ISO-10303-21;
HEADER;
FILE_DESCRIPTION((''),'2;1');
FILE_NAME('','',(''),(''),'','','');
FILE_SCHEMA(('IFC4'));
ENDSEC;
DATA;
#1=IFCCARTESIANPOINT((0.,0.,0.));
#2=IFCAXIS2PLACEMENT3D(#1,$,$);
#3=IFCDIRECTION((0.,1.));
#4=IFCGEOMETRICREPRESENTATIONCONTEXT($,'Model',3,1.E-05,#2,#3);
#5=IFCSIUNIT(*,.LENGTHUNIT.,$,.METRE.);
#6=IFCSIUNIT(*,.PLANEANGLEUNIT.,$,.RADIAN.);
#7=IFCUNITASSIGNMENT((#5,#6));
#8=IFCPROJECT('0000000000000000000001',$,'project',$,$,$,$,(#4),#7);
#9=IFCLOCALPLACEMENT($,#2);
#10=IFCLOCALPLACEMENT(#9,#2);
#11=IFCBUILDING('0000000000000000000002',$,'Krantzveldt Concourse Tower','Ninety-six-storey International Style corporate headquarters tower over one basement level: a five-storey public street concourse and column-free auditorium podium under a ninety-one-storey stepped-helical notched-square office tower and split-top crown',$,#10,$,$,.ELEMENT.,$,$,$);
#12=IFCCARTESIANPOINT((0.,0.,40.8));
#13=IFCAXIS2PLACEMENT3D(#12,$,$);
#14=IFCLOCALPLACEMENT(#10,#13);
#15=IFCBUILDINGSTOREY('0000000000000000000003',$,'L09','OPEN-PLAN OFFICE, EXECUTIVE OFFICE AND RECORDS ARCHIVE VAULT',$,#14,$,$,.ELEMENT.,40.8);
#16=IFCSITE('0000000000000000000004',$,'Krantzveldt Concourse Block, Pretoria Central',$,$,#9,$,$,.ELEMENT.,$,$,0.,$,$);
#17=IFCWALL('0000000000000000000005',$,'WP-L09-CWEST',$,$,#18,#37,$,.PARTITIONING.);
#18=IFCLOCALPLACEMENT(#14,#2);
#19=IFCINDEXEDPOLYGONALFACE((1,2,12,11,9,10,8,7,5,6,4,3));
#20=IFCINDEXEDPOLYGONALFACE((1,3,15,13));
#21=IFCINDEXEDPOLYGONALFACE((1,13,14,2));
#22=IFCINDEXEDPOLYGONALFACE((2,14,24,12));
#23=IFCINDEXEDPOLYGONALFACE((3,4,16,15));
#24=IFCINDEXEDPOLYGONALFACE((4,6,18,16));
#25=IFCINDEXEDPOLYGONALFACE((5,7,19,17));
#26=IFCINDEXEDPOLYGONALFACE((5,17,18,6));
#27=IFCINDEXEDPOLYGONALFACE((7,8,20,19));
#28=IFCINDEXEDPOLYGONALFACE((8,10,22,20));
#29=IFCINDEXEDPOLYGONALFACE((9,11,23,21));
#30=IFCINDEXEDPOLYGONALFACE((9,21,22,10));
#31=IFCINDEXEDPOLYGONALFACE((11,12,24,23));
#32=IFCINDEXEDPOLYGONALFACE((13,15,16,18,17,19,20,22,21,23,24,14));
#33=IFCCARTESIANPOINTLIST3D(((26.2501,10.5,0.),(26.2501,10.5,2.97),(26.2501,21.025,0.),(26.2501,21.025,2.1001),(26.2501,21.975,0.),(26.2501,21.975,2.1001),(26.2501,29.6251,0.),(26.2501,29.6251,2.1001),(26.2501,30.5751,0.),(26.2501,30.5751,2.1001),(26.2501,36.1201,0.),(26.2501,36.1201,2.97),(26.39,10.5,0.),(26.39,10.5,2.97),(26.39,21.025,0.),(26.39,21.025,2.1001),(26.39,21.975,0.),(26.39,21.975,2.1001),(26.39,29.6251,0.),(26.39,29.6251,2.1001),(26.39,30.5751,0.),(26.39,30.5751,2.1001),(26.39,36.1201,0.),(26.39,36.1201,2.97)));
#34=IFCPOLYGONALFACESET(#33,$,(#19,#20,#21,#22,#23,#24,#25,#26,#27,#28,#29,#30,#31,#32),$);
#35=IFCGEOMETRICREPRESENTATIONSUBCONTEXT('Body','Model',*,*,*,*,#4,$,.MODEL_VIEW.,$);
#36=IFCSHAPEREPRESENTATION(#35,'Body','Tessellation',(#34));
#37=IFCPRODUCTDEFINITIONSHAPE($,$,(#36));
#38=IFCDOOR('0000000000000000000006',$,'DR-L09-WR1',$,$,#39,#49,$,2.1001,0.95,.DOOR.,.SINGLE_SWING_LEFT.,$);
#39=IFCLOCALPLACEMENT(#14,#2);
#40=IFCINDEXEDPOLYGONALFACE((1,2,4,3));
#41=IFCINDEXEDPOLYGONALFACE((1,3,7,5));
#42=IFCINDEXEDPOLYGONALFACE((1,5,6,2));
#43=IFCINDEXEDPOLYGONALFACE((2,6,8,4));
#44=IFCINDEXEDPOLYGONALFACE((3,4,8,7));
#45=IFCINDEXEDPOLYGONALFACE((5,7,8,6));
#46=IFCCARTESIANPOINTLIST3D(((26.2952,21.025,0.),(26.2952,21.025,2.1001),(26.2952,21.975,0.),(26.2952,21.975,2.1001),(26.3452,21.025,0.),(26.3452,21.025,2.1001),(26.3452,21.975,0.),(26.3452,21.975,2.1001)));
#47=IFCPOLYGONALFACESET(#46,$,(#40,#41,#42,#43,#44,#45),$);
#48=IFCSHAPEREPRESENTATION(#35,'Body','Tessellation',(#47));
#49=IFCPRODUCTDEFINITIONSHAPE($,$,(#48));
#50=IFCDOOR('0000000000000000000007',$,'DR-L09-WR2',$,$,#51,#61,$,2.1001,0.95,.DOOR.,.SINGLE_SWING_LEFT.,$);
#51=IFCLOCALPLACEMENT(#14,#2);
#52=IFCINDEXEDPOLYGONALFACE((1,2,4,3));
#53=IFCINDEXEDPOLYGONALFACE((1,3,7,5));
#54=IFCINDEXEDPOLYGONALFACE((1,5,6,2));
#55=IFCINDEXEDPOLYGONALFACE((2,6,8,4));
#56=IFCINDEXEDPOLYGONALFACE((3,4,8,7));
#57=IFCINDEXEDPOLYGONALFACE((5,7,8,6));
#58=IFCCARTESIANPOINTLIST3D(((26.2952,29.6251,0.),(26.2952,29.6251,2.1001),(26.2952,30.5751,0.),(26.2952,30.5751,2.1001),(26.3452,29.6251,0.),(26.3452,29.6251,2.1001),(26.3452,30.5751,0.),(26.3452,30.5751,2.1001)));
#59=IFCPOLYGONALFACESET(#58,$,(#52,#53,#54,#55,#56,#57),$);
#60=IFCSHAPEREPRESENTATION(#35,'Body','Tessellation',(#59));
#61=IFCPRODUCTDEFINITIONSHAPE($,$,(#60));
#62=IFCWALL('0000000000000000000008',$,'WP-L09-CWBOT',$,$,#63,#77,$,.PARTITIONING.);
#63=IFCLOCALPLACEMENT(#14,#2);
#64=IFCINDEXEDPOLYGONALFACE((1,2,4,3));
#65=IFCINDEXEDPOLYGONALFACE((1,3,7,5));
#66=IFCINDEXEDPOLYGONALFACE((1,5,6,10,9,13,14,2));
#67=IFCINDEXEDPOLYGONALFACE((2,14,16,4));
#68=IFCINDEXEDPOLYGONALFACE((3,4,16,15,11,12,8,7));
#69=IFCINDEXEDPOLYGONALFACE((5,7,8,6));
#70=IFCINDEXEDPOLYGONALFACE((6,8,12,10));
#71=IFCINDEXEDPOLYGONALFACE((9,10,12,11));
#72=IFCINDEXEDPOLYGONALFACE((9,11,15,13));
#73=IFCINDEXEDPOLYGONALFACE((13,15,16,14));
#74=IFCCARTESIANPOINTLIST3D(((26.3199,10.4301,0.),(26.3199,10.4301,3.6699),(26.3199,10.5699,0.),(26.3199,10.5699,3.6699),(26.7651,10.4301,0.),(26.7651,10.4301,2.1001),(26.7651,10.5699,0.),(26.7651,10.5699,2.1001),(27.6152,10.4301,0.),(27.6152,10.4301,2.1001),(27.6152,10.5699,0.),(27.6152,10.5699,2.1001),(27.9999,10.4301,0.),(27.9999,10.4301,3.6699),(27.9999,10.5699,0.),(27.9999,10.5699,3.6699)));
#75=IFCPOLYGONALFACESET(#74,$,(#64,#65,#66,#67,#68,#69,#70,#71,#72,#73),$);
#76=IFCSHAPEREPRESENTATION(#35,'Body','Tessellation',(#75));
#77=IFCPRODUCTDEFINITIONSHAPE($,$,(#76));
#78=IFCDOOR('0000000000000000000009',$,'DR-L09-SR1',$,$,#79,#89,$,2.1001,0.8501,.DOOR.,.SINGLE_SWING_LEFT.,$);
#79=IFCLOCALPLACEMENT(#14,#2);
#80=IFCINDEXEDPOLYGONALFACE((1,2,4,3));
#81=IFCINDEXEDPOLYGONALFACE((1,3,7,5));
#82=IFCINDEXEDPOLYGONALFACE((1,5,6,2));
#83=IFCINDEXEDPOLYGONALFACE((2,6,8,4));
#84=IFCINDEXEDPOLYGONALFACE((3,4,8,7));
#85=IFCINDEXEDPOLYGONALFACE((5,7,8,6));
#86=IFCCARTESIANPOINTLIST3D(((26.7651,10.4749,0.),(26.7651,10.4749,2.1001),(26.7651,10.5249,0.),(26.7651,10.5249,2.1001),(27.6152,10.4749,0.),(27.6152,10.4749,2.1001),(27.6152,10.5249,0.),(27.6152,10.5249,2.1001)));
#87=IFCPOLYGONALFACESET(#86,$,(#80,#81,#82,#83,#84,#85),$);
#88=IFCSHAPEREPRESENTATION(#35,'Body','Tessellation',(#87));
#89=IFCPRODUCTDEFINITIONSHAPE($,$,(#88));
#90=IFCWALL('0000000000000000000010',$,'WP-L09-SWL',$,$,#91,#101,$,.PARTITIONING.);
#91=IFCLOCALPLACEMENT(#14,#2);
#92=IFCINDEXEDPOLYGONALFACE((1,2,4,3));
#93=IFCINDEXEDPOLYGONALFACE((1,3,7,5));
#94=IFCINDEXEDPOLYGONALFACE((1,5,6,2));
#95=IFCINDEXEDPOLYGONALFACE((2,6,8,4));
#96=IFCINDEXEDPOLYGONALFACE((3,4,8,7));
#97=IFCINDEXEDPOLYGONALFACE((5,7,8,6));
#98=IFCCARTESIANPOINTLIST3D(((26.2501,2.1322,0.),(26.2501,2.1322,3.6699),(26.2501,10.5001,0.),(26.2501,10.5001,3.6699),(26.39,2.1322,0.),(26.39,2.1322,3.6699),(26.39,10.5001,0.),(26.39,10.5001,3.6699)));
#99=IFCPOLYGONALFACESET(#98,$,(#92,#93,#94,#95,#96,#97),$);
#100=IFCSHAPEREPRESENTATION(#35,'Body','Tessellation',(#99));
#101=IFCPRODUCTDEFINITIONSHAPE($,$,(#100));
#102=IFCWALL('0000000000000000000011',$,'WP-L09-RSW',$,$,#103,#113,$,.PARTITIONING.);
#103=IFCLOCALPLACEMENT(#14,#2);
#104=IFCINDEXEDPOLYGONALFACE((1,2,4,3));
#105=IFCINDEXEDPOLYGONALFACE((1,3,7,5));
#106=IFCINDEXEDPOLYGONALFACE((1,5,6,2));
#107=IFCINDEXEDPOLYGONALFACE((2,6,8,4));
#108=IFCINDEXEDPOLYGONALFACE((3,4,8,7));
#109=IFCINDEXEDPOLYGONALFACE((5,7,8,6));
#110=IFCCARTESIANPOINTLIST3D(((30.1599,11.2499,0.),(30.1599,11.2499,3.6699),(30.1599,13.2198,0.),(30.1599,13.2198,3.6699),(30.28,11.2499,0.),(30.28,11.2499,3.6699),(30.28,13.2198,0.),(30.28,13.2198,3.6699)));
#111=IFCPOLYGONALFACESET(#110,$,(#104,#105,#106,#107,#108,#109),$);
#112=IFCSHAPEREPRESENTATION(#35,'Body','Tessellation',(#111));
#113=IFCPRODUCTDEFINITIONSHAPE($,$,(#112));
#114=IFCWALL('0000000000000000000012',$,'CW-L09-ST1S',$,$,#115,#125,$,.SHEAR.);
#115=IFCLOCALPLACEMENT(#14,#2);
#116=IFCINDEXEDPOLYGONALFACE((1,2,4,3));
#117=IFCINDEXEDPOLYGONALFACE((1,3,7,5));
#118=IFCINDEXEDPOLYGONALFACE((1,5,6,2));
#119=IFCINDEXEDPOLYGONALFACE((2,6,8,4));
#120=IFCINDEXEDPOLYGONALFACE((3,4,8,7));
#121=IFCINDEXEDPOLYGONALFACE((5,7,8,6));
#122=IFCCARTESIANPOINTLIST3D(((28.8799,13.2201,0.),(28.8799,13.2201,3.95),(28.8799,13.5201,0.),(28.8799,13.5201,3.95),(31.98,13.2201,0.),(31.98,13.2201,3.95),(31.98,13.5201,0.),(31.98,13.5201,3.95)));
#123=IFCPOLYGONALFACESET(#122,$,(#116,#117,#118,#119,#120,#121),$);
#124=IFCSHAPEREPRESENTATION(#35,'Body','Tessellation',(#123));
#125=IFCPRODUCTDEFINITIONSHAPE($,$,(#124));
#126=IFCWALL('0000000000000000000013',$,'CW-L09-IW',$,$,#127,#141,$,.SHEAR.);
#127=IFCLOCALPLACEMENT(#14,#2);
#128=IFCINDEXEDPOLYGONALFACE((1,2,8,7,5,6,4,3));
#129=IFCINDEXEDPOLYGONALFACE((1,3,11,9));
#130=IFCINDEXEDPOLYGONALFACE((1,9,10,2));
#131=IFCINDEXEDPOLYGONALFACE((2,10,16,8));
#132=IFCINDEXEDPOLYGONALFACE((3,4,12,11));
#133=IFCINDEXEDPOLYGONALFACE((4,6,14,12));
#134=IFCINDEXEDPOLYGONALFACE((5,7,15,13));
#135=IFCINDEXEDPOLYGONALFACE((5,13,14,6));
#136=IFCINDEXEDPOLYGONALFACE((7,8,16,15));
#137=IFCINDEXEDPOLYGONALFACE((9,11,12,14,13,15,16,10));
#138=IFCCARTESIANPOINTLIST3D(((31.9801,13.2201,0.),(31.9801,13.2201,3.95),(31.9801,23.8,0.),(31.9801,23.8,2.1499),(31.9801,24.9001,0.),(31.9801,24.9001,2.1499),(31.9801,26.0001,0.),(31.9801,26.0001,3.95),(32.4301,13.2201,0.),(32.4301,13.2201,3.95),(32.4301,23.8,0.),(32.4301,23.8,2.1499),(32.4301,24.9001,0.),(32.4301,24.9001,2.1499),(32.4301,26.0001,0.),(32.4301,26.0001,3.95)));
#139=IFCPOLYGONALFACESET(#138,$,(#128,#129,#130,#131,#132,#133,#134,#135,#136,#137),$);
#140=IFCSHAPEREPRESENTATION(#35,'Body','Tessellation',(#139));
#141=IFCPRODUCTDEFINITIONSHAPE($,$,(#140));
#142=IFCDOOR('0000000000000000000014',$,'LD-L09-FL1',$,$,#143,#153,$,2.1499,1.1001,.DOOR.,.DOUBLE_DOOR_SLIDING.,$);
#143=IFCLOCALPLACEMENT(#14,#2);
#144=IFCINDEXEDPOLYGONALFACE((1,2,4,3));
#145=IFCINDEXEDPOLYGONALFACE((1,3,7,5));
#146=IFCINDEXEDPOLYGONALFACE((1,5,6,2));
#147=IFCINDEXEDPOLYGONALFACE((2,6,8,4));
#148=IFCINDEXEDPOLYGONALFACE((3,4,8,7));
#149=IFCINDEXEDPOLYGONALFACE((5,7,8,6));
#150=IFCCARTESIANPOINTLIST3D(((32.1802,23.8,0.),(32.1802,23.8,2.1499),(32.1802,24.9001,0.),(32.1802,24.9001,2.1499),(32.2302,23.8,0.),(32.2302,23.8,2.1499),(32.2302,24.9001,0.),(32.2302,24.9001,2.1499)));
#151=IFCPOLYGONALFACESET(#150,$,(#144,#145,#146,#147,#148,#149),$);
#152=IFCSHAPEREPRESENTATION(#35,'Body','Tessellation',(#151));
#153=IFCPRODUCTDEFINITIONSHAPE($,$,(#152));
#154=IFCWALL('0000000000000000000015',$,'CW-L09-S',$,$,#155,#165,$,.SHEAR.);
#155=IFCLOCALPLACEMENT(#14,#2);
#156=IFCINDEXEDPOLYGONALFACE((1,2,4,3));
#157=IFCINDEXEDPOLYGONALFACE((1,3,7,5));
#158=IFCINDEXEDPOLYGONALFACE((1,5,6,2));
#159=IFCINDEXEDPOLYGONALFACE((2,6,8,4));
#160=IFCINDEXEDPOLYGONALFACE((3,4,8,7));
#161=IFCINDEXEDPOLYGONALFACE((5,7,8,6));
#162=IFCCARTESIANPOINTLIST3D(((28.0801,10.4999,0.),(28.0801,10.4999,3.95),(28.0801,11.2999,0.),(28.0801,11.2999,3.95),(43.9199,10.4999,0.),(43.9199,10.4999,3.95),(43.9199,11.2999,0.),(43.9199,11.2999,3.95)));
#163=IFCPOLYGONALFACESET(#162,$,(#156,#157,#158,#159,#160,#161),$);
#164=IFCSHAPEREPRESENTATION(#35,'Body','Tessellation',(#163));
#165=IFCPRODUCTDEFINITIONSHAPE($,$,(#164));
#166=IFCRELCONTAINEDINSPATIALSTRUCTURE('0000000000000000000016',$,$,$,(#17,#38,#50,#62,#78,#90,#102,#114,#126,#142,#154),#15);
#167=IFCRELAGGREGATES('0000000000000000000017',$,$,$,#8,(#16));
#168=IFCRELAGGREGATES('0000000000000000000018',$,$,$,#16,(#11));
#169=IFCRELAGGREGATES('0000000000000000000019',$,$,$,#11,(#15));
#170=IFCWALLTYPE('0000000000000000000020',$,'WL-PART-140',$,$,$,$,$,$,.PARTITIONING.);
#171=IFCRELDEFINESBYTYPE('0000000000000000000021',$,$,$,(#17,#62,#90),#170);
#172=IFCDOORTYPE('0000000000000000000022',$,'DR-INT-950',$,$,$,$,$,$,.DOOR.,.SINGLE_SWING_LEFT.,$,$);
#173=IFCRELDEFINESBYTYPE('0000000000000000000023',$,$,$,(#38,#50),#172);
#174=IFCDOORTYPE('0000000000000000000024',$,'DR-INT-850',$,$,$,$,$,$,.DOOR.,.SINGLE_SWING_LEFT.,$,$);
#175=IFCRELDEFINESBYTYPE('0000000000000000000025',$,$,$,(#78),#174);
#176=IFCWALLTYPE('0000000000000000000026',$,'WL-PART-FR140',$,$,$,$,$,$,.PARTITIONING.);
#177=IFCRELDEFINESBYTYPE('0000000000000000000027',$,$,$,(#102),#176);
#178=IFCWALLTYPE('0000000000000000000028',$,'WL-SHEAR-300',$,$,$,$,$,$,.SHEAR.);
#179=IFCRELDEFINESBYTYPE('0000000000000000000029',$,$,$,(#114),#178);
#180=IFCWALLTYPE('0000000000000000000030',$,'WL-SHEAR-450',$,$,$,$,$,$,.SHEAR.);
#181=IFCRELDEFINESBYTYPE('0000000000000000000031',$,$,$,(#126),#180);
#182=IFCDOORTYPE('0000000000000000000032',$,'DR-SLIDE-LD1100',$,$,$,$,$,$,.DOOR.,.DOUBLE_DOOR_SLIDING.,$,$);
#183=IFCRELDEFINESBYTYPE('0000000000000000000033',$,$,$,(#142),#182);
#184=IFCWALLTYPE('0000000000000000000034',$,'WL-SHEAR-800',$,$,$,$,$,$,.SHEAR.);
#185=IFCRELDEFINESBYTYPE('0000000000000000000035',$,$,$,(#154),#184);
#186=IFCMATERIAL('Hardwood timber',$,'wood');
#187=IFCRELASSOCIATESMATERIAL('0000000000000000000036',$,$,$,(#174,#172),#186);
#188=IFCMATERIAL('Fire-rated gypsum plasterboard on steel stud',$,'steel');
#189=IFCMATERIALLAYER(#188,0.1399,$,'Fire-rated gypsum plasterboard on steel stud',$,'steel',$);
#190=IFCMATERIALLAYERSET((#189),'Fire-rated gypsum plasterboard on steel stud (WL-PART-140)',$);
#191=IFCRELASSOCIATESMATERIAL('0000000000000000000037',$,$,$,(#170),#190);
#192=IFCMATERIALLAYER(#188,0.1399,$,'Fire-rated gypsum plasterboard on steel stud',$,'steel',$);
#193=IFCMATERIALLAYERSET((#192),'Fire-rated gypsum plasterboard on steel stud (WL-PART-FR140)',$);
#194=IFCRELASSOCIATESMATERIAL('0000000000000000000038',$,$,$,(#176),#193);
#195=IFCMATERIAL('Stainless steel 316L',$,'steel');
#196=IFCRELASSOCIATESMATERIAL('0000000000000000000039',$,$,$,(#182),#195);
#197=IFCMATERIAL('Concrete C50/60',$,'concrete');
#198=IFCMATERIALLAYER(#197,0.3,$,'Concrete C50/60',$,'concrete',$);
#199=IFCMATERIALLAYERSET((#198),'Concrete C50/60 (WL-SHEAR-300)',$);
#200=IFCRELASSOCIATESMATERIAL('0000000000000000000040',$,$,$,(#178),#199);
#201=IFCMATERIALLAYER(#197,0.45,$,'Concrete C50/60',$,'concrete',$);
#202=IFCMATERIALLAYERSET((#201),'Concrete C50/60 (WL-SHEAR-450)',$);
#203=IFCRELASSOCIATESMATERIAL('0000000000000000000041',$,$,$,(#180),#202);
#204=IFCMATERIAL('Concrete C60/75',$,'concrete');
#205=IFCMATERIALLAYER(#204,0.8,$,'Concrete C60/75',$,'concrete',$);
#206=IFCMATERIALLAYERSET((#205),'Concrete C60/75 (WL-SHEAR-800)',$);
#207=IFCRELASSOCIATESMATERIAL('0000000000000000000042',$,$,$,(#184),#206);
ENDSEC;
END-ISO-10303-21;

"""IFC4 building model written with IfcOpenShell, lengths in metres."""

from ifc_helpers import new_model, si_unit, direction, frame, frame_2d, origin, place, context, subcontext, project, spatial, rectangle, extrude, material, layer, layer_set, type_object, element, fill, save


model = new_model("IFC4")

# Units and contexts
model_context = context("Model", 3, precision=1e-05, world=origin(), true_north=direction((0.0, 1.0)))
body_context = subcontext(model_context, "Body", "Model", "MODEL_VIEW")
ifc_project = project(units=[si_unit("LENGTHUNIT", "METRE"), si_unit("PLANEANGLEUNIT", "RADIAN")], contexts=[model_context])

# Site, building, storey
site_placement = place(None, origin())
site = spatial("IfcSite", under=ifc_project, at=site_placement, Name="Krantzveldt Concourse Block, Pretoria Central", CompositionType="ELEMENT", RefElevation=0.0)
building_placement = place(site_placement, origin())
building = spatial("IfcBuilding", under=site, at=building_placement, Name="Krantzveldt Concourse Tower", Description="Ninety-six-storey International Style corporate headquarters tower over one basement level: a five-storey public street concourse and column-free auditorium podium under a ninety-one-storey stepped-helical notched-square office tower and split-top crown", CompositionType="ELEMENT")
storey_placement = place(building_placement, frame((0.0, 0.0, 40.8)))
storey = spatial("IfcBuildingStorey", under=building, at=storey_placement, Name="L09", Description="OPEN-PLAN OFFICE, EXECUTIVE OFFICE AND RECORDS ARCHIVE VAULT", CompositionType="ELEMENT", Elevation=40.8)

# Shared definitions
ifc_material_1 = material(Name="Fire-rated gypsum plasterboard on steel stud", Category="steel")
ifc_material_2 = material(Name="Hardwood timber", Category="wood")
door_type_1 = type_object("IfcDoorType", Name="DR-INT-850", OperationType="SINGLE_SWING_LEFT", PredefinedType="DOOR", material=ifc_material_2)

# Wall, openings, doors
ifc_layer_1 = layer(ifc_material_1, 0.1399, Name="Fire-rated gypsum plasterboard on steel stud", Category="steel")
ifc_layer_set_1 = layer_set([ifc_layer_1], Name="Fire-rated gypsum plasterboard on steel stud (WL-PART-140)")
wall_type_1 = type_object("IfcWallType", Name="WL-PART-140", PredefinedType="PARTITIONING", material=ifc_layer_set_1)
wall_1_placement = place(storey_placement, frame((26.3201, 10.5, 0.0), z_axis=(0.0, 0.0, 1.0), x_axis=(0.0, 1.0, 0.0)))
wall_1 = element("IfcWall", 1, at=wall_1_placement, inside=storey, type_object=wall_type_1, Name="WP-L09-CWEST", PredefinedType="PARTITIONING", context=body_context, shape_type="SweptSolid", body=[
    extrude(rectangle(XDim=25.6201, YDim=0.1399, at=frame_2d((12.8101, 0.0))), origin(), (0.0, 0.0, 1.0), 2.97),
])
opening_1_placement = place(wall_1_placement, frame((10.5249, 0.0, 0.0)))
opening_1 = element("IfcOpeningElement", 2, at=opening_1_placement, cuts=wall_1, PredefinedType="OPENING", context=body_context, shape_type="SweptSolid", body=[
    extrude(rectangle(XDim=0.95, YDim=2.1001, at=frame_2d((0.4751, 1.05))), frame((0.0, 0.0801, 0.0), z_axis=(0.0, -1.0, 0.0), x_axis=(1.0, 0.0, 0.0)), (0.0, 0.0, 1.0), 0.1599),
])
opening_2_placement = place(wall_1_placement, frame((19.125, 0.0, 0.0)))
opening_2 = element("IfcOpeningElement", 3, at=opening_2_placement, cuts=wall_1, PredefinedType="OPENING", context=body_context, shape_type="SweptSolid", body=[
    extrude(rectangle(XDim=0.95, YDim=2.1001, at=frame_2d((0.4751, 1.05))), frame((0.0, 0.0801, 0.0), z_axis=(0.0, -1.0, 0.0), x_axis=(1.0, 0.0, 0.0)), (0.0, 0.0, 1.0), 0.1599),
])
door_type_2 = type_object("IfcDoorType", Name="DR-INT-950", OperationType="SINGLE_SWING_LEFT", PredefinedType="DOOR", material=ifc_material_2)
door_1_placement = place(opening_1_placement, origin())
door_1 = element("IfcDoor", 4, at=door_1_placement, inside=storey, type_object=door_type_2, Name="DR-L09-WR1", OperationType="SINGLE_SWING_LEFT", OverallHeight=2.1001, OverallWidth=0.95, PredefinedType="DOOR", context=body_context, shape_type="SweptSolid", body=[
    extrude(rectangle(XDim=0.95, YDim=2.1001, at=frame_2d((0.4751, 1.05))), frame((0.0, 0.0249, 0.0), z_axis=(0.0, -1.0, 0.0), x_axis=(1.0, 0.0, 0.0)), (0.0, 0.0, 1.0), 0.05),
])
fill(opening_1, door_1)
door_2_placement = place(opening_2_placement, origin())
door_2 = element("IfcDoor", 5, at=door_2_placement, inside=storey, type_object=door_type_2, Name="DR-L09-WR2", OperationType="SINGLE_SWING_LEFT", OverallHeight=2.1001, OverallWidth=0.95, PredefinedType="DOOR", context=body_context, shape_type="SweptSolid", body=[
    extrude(rectangle(XDim=0.95, YDim=2.1001, at=frame_2d((0.4751, 1.05))), frame((0.0, 0.0249, 0.0), z_axis=(0.0, -1.0, 0.0), x_axis=(1.0, 0.0, 0.0)), (0.0, 0.0, 1.0), 0.05),
])
fill(opening_2, door_2)

# Wall, opening, door
wall_2_placement = place(storey_placement, frame((26.3201, 10.5, 0.0), z_axis=(0.0, 0.0, 1.0), x_axis=(1.0, 0.0, 0.0)))
wall_2 = element("IfcWall", 6, at=wall_2_placement, inside=storey, type_object=wall_type_1, Name="WP-L09-CWBOT", PredefinedType="PARTITIONING", context=body_context, shape_type="SweptSolid", body=[
    extrude(rectangle(XDim=1.6799, YDim=0.1399, at=frame_2d((0.8398, 0.0))), origin(), (0.0, 0.0, 1.0), 3.6699),
])
opening_3_placement = place(wall_2_placement, frame((0.4451, 0.0, 0.0)))
opening_3 = element("IfcOpeningElement", 7, at=opening_3_placement, cuts=wall_2, PredefinedType="OPENING", context=body_context, shape_type="SweptSolid", body=[
    extrude(rectangle(XDim=0.8501, YDim=2.1001, at=frame_2d((0.425, 1.05))), frame((0.0, 0.0801, 0.0), z_axis=(0.0, -1.0, 0.0), x_axis=(1.0, 0.0, 0.0)), (0.0, 0.0, 1.0), 0.1599),
])
door_3_placement = place(opening_3_placement, origin())
door_3 = element("IfcDoor", 8, at=door_3_placement, inside=storey, type_object=door_type_1, Name="DR-L09-SR1", OperationType="SINGLE_SWING_LEFT", OverallHeight=2.1001, OverallWidth=0.8501, PredefinedType="DOOR", context=body_context, shape_type="SweptSolid", body=[
    extrude(rectangle(XDim=0.8501, YDim=2.1001, at=frame_2d((0.425, 1.05))), frame((0.0, 0.0249, 0.0), z_axis=(0.0, -1.0, 0.0), x_axis=(1.0, 0.0, 0.0)), (0.0, 0.0, 1.0), 0.05),
])
fill(opening_3, door_3)

# Wall
wall_3_placement = place(storey_placement, frame((26.3201, 2.1321, 0.0), z_axis=(0.0, 0.0, 1.0), x_axis=(0.0, 1.0, 0.0)))
element("IfcWall", 9, at=wall_3_placement, inside=storey, type_object=wall_type_1, Name="WP-L09-SWL", PredefinedType="PARTITIONING", context=body_context, shape_type="SweptSolid", body=[
    extrude(rectangle(XDim=8.3679, YDim=0.1399, at=frame_2d((4.1841, 0.0))), origin(), (0.0, 0.0, 1.0), 3.6699),
])

# Shared definitions
ifc_layer_2 = layer(ifc_material_1, 0.1399, Name="Fire-rated gypsum plasterboard on steel stud", Category="steel")
ifc_layer_set_2 = layer_set([ifc_layer_2], Name="Fire-rated gypsum plasterboard on steel stud (WL-PART-FR140)")
wall_type_2 = type_object("IfcWallType", Name="WL-PART-FR140", PredefinedType="PARTITIONING", material=ifc_layer_set_2)
ifc_material_3 = material(Name="Stainless steel 316L", Category="steel")
door_type_3 = type_object("IfcDoorType", Name="DR-SLIDE-LD1100", OperationType="DOUBLE_DOOR_SLIDING", PredefinedType="DOOR", material=ifc_material_3)

# Walls
wall_4_placement = place(storey_placement, frame((30.22, 11.25, 0.0), z_axis=(0.0, 0.0, 1.0), x_axis=(0.0, 1.0, 0.0)))
element("IfcWall", 10, at=wall_4_placement, inside=storey, type_object=wall_type_2, Name="WP-L09-RSW", PredefinedType="PARTITIONING", context=body_context, shape_type="SweptSolid", body=[
    extrude(rectangle(XDim=1.97, YDim=0.1201, at=frame_2d((0.9849, 0.0))), origin(), (0.0, 0.0, 1.0), 3.6699),
])
ifc_material_4 = material(Name="Concrete C50/60", Category="concrete")
ifc_layer_3 = layer(ifc_material_4, 0.3, Name="Concrete C50/60", Category="concrete")
ifc_layer_set_3 = layer_set([ifc_layer_3], Name="Concrete C50/60 (WL-SHEAR-300)")
wall_type_3 = type_object("IfcWallType", Name="WL-SHEAR-300", PredefinedType="SHEAR", material=ifc_layer_set_3)
wall_5_placement = place(storey_placement, frame((28.8799, 13.3701, 0.0), z_axis=(0.0, 0.0, 1.0), x_axis=(1.0, 0.0, 0.0)))
element("IfcWall", 11, at=wall_5_placement, inside=storey, type_object=wall_type_3, Name="CW-L09-ST1S", PredefinedType="SHEAR", context=body_context, shape_type="SweptSolid", body=[
    extrude(rectangle(XDim=3.1001, YDim=0.3, at=frame_2d((1.55, 0.0))), origin(), (0.0, 0.0, 1.0), 3.95),
])

# Wall, opening, door
ifc_layer_4 = layer(ifc_material_4, 0.45, Name="Concrete C50/60", Category="concrete")
ifc_layer_set_4 = layer_set([ifc_layer_4], Name="Concrete C50/60 (WL-SHEAR-450)")
wall_type_4 = type_object("IfcWallType", Name="WL-SHEAR-450", PredefinedType="SHEAR", material=ifc_layer_set_4)
wall_6_placement = place(storey_placement, frame((32.2051, 13.22, 0.0), z_axis=(0.0, 0.0, 1.0), x_axis=(0.0, 1.0, 0.0)))
wall_6 = element("IfcWall", 12, at=wall_6_placement, inside=storey, type_object=wall_type_4, Name="CW-L09-IW", PredefinedType="SHEAR", context=body_context, shape_type="SweptSolid", body=[
    extrude(rectangle(XDim=12.78, YDim=0.45, at=frame_2d((6.3901, 0.0))), origin(), (0.0, 0.0, 1.0), 3.95),
])
opening_4_placement = place(wall_6_placement, frame((10.5801, 0.0, 0.0)))
opening_4 = element("IfcOpeningElement", 13, at=opening_4_placement, cuts=wall_6, PredefinedType="OPENING", context=body_context, shape_type="SweptSolid", body=[
    extrude(rectangle(XDim=1.1001, YDim=2.1499, at=frame_2d((0.55, 1.075))), frame((0.0, 0.2349, 0.0), z_axis=(0.0, -1.0, 0.0), x_axis=(1.0, 0.0, 0.0)), (0.0, 0.0, 1.0), 0.47),
])
door_4_placement = place(opening_4_placement, origin())
door_4 = element("IfcDoor", 14, at=door_4_placement, inside=storey, type_object=door_type_3, Name="LD-L09-FL1", OperationType="DOUBLE_DOOR_SLIDING", OverallHeight=2.1499, OverallWidth=1.1001, PredefinedType="DOOR", context=body_context, shape_type="SweptSolid", body=[
    extrude(rectangle(XDim=1.1001, YDim=2.1499, at=frame_2d((0.55, 1.075))), frame((0.0, 0.0249, 0.0), z_axis=(0.0, -1.0, 0.0), x_axis=(1.0, 0.0, 0.0)), (0.0, 0.0, 1.0), 0.05),
])
fill(opening_4, door_4)

# Wall
ifc_material_5 = material(Name="Concrete C60/75", Category="concrete")
ifc_layer_5 = layer(ifc_material_5, 0.8, Name="Concrete C60/75", Category="concrete")
ifc_layer_set_5 = layer_set([ifc_layer_5], Name="Concrete C60/75 (WL-SHEAR-800)")
wall_type_5 = type_object("IfcWallType", Name="WL-SHEAR-800", PredefinedType="SHEAR", material=ifc_layer_set_5)
wall_7_placement = place(storey_placement, frame((28.0801, 10.8999, 0.0), z_axis=(0.0, 0.0, 1.0), x_axis=(1.0, 0.0, 0.0)))
element("IfcWall", 15, at=wall_7_placement, inside=storey, type_object=wall_type_5, Name="CW-L09-S", PredefinedType="SHEAR", context=body_context, shape_type="SweptSolid", body=[
    extrude(rectangle(XDim=15.8398, YDim=0.8, at=frame_2d((7.9199, 0.0))), origin(), (0.0, 0.0, 1.0), 3.95),
])

save(model, "model.ifc")
